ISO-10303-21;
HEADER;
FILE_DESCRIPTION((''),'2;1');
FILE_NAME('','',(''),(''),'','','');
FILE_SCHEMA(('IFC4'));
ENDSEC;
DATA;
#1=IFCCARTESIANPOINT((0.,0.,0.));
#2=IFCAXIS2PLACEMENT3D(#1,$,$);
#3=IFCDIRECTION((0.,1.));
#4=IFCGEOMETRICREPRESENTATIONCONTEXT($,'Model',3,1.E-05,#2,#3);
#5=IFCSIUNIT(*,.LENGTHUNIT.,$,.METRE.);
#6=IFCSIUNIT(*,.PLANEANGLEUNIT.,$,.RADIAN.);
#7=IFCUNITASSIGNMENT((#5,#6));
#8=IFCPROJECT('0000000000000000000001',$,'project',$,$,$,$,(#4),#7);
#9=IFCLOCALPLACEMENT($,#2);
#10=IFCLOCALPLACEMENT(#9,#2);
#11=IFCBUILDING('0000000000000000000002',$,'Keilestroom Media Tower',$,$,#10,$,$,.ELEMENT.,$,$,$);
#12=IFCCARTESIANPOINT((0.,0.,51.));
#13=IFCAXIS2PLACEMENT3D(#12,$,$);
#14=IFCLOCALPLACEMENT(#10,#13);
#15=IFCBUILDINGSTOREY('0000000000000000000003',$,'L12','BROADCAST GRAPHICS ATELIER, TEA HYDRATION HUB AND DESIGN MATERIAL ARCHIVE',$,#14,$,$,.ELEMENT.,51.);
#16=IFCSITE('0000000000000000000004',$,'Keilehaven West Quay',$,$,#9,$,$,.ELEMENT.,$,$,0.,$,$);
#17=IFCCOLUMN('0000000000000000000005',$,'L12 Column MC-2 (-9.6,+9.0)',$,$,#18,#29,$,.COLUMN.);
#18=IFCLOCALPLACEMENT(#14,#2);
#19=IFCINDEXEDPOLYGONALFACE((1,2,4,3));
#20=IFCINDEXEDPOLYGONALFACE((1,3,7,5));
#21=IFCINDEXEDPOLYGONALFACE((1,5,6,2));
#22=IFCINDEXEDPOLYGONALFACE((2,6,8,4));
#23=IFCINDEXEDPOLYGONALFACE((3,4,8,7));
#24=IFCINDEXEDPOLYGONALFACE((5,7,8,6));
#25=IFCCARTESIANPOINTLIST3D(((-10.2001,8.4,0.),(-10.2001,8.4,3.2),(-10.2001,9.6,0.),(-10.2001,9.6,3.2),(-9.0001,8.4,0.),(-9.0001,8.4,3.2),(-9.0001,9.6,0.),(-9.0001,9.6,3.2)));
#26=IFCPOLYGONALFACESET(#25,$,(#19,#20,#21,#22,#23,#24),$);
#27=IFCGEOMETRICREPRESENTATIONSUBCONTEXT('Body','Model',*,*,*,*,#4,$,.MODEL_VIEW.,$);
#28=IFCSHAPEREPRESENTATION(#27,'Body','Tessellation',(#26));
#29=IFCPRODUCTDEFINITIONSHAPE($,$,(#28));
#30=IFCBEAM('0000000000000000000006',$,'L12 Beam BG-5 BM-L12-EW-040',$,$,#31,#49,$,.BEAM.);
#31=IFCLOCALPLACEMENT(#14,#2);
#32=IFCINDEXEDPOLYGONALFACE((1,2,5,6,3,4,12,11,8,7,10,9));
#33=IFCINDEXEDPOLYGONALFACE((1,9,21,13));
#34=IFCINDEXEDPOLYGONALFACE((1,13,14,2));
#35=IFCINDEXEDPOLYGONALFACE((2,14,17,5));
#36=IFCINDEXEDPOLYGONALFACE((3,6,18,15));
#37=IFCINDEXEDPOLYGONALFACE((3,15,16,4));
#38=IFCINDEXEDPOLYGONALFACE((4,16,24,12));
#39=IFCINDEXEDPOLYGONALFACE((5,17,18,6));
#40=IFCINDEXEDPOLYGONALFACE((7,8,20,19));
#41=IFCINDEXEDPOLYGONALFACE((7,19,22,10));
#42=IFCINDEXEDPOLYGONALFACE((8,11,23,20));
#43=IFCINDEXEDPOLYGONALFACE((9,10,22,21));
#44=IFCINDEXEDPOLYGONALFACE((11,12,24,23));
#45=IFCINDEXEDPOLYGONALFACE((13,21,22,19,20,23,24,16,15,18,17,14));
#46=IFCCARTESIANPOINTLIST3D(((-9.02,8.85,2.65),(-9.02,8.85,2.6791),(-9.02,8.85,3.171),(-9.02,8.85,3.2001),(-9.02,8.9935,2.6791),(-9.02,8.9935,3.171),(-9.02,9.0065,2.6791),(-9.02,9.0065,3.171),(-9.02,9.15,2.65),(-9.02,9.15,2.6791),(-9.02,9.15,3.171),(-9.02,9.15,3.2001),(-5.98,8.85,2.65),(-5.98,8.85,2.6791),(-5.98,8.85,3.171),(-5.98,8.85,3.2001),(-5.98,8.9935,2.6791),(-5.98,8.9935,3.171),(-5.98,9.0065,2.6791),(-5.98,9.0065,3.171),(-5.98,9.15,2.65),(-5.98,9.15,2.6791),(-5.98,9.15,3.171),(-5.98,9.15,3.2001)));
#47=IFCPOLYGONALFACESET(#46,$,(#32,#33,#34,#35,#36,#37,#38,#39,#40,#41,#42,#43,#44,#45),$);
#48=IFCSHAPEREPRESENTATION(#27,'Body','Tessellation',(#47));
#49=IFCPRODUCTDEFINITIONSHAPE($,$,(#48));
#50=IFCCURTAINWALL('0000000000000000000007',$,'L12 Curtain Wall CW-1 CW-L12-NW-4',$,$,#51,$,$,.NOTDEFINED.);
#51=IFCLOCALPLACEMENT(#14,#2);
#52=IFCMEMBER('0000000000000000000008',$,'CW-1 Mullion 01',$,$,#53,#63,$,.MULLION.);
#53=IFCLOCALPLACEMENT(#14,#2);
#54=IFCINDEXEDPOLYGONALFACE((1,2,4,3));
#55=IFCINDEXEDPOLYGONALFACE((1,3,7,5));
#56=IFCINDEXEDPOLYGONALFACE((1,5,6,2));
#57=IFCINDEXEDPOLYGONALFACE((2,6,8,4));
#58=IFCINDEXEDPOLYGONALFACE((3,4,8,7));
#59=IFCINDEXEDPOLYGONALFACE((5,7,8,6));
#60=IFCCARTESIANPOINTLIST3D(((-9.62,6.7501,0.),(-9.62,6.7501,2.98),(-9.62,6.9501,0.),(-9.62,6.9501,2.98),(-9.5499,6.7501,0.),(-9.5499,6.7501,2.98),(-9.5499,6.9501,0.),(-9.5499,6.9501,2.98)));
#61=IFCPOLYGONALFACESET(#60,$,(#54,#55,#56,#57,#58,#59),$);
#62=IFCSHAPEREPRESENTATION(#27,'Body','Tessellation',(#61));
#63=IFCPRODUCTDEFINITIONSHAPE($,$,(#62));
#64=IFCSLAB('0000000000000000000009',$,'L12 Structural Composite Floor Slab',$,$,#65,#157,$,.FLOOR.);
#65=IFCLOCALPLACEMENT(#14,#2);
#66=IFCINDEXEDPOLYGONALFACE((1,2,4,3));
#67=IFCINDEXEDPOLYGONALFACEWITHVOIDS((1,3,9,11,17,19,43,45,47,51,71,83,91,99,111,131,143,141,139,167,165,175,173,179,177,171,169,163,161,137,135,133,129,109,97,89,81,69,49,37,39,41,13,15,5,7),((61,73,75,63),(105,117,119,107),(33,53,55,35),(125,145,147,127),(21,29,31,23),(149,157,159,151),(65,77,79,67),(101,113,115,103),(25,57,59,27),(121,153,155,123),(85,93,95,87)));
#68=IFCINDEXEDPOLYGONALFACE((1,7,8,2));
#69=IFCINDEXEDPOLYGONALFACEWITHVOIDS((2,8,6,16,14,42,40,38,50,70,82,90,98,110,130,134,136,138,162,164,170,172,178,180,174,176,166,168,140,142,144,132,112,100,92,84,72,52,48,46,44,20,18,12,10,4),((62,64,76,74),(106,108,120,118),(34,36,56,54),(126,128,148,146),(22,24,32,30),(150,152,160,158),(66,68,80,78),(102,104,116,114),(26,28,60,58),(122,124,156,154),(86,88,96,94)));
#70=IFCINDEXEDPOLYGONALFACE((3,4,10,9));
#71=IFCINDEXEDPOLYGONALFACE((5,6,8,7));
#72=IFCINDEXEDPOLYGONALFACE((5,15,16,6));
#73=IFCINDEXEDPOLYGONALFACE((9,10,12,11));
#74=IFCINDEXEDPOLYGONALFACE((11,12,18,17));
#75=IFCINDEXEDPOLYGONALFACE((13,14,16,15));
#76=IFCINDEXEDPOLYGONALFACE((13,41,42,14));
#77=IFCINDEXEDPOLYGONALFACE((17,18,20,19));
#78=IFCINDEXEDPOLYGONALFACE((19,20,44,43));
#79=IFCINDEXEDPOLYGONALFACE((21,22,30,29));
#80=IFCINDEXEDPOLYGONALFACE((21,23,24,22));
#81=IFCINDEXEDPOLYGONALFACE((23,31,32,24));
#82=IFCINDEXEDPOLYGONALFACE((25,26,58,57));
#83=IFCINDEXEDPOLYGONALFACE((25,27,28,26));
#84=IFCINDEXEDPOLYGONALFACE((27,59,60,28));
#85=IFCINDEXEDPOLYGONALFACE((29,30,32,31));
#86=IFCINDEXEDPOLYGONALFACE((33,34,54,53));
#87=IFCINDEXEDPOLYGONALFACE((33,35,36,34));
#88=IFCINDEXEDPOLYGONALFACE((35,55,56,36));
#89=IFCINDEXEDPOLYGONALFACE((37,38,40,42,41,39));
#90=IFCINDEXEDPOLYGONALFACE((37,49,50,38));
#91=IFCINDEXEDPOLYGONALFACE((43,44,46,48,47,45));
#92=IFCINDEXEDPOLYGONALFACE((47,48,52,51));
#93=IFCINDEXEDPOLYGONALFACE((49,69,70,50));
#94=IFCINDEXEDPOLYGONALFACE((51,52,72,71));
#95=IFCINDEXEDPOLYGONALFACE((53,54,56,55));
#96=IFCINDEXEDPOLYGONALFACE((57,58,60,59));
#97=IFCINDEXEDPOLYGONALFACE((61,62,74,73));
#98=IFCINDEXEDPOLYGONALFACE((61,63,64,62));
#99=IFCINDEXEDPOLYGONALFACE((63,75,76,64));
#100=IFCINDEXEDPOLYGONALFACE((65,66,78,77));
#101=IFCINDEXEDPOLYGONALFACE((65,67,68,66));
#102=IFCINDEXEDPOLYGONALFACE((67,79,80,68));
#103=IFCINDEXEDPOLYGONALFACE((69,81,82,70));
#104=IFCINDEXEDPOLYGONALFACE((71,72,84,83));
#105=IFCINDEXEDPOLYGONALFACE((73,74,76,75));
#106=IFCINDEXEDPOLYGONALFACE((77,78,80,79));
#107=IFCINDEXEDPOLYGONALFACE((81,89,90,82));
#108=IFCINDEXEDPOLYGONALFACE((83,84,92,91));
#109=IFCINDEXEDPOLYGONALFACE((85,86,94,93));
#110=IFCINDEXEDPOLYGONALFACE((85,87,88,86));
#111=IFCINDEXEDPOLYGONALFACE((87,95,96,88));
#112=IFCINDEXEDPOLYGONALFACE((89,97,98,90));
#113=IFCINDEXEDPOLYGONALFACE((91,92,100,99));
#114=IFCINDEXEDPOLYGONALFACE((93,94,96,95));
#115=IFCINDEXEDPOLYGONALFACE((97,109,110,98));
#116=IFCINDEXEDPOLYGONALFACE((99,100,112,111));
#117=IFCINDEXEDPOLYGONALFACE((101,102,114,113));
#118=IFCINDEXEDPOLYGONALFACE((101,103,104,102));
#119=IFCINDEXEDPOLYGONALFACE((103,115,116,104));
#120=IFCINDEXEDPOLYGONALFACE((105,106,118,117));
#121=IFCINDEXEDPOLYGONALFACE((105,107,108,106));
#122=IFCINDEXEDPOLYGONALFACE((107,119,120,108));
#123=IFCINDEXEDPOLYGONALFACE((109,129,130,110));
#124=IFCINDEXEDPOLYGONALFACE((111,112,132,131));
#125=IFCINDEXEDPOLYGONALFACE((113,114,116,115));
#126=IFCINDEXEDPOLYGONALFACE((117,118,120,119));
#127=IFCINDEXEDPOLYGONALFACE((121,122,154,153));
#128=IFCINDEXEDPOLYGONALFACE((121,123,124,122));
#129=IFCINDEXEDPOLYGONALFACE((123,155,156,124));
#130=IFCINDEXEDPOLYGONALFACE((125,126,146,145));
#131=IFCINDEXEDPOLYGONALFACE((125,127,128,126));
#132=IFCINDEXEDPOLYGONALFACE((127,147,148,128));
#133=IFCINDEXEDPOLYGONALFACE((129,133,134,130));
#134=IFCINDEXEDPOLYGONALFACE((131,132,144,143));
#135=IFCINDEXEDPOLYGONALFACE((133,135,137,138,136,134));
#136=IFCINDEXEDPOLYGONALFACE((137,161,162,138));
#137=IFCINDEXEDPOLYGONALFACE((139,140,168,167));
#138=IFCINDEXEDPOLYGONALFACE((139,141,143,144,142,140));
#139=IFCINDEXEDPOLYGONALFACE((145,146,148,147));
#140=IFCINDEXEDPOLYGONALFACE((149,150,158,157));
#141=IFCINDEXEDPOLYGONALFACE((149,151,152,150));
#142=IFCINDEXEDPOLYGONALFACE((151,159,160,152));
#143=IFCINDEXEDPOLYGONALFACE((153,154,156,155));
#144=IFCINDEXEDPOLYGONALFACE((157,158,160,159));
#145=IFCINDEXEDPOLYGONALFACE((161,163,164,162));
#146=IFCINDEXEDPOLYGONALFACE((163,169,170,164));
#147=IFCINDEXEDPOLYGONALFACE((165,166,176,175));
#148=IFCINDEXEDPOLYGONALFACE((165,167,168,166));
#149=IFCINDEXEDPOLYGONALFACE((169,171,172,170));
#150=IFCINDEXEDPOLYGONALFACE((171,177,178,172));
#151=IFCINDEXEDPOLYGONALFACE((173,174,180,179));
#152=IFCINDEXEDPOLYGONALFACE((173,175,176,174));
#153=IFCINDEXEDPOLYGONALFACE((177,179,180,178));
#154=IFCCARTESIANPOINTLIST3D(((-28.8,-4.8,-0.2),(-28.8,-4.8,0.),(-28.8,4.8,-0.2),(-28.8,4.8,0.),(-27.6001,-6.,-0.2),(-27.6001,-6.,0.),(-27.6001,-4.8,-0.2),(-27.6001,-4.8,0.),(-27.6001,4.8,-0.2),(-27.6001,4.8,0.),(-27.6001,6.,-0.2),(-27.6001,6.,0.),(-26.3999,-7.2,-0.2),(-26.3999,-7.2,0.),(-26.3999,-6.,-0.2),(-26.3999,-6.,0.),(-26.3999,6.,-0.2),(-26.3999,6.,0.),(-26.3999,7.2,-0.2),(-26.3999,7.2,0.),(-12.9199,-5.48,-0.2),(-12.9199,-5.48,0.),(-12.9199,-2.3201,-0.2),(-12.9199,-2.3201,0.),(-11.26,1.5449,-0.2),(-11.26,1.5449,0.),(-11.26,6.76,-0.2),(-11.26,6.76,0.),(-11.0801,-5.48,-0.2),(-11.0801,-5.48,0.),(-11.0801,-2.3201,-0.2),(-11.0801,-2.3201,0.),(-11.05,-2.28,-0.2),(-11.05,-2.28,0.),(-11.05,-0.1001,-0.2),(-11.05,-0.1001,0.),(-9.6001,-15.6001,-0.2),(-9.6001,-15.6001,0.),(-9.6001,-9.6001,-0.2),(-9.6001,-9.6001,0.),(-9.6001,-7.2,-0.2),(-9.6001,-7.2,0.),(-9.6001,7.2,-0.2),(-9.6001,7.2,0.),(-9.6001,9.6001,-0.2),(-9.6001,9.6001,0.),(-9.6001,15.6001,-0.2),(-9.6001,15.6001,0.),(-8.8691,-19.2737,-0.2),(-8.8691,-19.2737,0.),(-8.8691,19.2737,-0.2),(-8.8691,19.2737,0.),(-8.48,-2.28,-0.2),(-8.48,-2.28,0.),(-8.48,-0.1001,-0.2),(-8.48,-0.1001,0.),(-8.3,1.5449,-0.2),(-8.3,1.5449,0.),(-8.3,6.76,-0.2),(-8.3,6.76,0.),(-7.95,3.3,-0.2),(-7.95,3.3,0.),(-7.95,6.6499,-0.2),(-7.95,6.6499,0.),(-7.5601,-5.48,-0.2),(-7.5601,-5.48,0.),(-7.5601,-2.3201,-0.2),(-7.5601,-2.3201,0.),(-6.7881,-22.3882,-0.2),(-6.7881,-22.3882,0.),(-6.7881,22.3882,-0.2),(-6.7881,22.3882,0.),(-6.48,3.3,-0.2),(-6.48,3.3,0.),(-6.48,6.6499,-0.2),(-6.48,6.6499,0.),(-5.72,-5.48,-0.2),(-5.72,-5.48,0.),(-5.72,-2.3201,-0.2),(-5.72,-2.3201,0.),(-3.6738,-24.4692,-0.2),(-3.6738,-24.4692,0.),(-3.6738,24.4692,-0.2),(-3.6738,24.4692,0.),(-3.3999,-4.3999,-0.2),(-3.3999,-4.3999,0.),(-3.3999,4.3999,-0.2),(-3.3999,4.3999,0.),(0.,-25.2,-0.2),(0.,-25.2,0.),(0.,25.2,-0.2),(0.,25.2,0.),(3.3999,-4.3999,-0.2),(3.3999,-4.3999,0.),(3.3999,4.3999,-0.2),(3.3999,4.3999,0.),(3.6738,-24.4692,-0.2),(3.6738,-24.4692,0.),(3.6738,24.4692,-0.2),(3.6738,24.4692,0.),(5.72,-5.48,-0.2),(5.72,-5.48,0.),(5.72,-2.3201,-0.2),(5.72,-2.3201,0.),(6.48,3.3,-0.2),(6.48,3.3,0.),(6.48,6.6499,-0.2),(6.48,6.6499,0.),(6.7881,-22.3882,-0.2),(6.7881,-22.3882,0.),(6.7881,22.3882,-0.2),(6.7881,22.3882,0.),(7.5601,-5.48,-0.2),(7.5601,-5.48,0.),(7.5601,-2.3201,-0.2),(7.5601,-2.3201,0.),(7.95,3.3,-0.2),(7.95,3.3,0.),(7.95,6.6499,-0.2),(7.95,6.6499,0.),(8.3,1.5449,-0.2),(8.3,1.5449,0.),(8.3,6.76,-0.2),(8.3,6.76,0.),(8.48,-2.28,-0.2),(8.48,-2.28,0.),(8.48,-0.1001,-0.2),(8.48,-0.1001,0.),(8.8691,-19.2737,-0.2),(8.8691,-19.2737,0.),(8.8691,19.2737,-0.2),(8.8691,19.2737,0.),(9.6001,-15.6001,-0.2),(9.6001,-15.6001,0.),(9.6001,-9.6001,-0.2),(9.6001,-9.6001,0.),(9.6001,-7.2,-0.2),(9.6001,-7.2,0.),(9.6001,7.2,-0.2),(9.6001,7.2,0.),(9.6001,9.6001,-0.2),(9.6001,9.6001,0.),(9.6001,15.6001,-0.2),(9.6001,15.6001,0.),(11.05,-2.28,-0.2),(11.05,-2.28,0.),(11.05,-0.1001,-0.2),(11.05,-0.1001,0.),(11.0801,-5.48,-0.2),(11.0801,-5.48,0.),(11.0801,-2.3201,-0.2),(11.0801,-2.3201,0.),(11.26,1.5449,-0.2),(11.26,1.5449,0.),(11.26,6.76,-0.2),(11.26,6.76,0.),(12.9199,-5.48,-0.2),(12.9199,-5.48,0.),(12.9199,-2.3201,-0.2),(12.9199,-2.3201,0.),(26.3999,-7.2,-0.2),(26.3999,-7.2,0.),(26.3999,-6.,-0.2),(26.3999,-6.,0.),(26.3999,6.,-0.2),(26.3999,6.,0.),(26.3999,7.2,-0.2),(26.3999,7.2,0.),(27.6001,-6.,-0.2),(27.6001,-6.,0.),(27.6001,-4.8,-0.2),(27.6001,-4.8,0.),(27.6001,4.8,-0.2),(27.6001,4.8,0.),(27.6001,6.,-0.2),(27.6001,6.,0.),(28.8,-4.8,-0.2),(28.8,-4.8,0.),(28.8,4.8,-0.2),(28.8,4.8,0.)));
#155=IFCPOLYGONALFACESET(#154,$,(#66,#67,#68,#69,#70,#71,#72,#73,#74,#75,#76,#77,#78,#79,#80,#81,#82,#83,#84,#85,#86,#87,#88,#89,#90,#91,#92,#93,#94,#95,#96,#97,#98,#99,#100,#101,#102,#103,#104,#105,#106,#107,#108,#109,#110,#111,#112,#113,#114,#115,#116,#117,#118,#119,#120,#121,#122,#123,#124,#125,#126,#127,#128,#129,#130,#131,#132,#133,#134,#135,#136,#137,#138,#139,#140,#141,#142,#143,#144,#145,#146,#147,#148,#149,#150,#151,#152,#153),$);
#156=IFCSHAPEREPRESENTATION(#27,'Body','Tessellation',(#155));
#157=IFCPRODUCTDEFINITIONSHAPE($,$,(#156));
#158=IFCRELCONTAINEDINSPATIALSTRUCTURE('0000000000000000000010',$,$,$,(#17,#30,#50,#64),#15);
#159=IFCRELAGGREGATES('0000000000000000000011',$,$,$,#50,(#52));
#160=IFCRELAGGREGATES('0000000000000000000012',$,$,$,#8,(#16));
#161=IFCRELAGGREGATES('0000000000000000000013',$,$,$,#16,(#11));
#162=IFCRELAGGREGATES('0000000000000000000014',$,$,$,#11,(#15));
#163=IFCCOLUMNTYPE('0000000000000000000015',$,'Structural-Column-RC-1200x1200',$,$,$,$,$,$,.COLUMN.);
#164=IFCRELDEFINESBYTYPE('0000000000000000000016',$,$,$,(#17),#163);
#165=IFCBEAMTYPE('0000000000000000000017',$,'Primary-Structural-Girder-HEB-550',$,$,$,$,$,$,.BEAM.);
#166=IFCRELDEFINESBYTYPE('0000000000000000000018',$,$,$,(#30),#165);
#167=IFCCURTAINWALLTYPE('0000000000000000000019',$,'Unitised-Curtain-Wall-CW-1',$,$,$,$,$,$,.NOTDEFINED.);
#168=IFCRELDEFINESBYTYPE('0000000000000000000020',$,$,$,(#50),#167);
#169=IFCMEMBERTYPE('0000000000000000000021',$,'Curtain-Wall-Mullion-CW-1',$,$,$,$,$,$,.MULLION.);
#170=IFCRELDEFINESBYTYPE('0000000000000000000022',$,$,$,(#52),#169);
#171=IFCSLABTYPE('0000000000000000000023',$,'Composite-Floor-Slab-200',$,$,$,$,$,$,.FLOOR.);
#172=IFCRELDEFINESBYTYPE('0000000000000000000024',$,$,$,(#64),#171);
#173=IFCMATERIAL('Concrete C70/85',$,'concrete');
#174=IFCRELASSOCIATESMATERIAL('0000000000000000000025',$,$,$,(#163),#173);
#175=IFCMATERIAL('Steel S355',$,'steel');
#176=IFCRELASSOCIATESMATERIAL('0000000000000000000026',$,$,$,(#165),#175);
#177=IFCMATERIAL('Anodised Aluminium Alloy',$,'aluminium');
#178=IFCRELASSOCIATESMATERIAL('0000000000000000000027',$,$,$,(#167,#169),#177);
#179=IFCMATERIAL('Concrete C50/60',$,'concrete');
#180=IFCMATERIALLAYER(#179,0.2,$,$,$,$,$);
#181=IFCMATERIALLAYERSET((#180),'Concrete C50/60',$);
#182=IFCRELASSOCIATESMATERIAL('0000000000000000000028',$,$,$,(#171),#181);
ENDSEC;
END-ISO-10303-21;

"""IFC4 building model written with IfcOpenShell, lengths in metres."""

from ifc_helpers import new_model, si_unit, direction, frame, origin, origin_2d, place, context, subcontext, project, spatial, polyline, rectangle, i_section, outline, extrude, source, transform, mapped, material, layer, layer_set, material_profile, profile_set, type_object, element, aggregate, save


model = new_model("IFC4")

# Units and contexts
model_context = context("Model", 3, precision=1e-05, world=origin(), true_north=direction((0.0, 1.0)))
body_context = subcontext(model_context, "Body", "Model", "MODEL_VIEW")
ifc_project = project(units=[si_unit("LENGTHUNIT", "METRE"), si_unit("PLANEANGLEUNIT", "RADIAN")], contexts=[model_context])

# Site, building, storey
site_placement = place(None, origin())
site = spatial("IfcSite", under=ifc_project, at=site_placement, Name="Keilehaven West Quay", CompositionType="ELEMENT", RefElevation=0.0)
building_placement = place(site_placement, origin())
building = spatial("IfcBuilding", under=site, at=building_placement, Name="Keilestroom Media Tower", CompositionType="ELEMENT")
storey_placement = place(building_placement, frame((0.0, 0.0, 51.0)))
storey = spatial("IfcBuildingStorey", under=building, at=storey_placement, Name="L12", Description="BROADCAST GRAPHICS ATELIER, TEA HYDRATION HUB AND DESIGN MATERIAL ARCHIVE", CompositionType="ELEMENT", Elevation=51.0)

# Column
ifc_material_1 = material(Name="Concrete C70/85", Category="concrete")
ifc_material_profile_1 = material_profile(ifc_material_1, rectangle(XDim=1.2, YDim=1.2, at=origin_2d()), Name="RC 1200x1200")
ifc_profile_set_1 = profile_set([ifc_material_profile_1], Name="Concrete C70/85")
column_type = type_object("IfcColumnType", Name="Structural-Column-RC-1200x1200", PredefinedType="COLUMN", material=ifc_profile_set_1)
shared_shape_1 = source(origin(), body_context, "Body", "SweptSolid", [
    extrude(rectangle(XDim=1.2, YDim=1.2, at=origin_2d()), origin(), (0.0, 0.0, 1.0), 3.2),
])
column_placement = place(storey_placement, frame((-9.6001, 9.0, 0.0), z_axis=(0.0, 0.0, 1.0), x_axis=(1.0, 0.0, 0.0)))
element("IfcColumn", 1, at=column_placement, inside=storey, type_object=column_type, Name="L12 Column MC-2 (-9.6,+9.0)", PredefinedType="COLUMN", context=body_context, shape_type="MappedRepresentation", body=[
    mapped(shared_shape_1, transform((0.0, 0.0, 0.0), x_axis=(1.0, 0.0, 0.0), y_axis=(0.0, 1.0, 0.0), z_axis=(0.0, 0.0, 1.0), scale=1.0)),
])

# Beam
ifc_material_2 = material(Name="Steel S355", Category="steel")
ifc_material_profile_2 = material_profile(ifc_material_2, i_section(OverallWidth=0.3, OverallDepth=0.55, WebThickness=0.0129, FlangeThickness=0.0291, at=origin_2d()), Name="HEB 550")
ifc_profile_set_2 = profile_set([ifc_material_profile_2], Name="Steel S355")
beam_type = type_object("IfcBeamType", Name="Primary-Structural-Girder-HEB-550", PredefinedType="BEAM", material=ifc_profile_set_2)
shared_shape_2 = source(origin(), body_context, "Body", "SweptSolid", [
    extrude(i_section(OverallWidth=0.3, OverallDepth=0.55, WebThickness=0.0129, FlangeThickness=0.0291, at=origin_2d()), origin(), (0.0, 0.0, 1.0), 3.04),
])
beam_placement = place(storey_placement, frame((-9.02, 9.0, 2.925), z_axis=(1.0, 0.0, 0.0), x_axis=(0.0, 1.0, 0.0)))
element("IfcBeam", 2, at=beam_placement, inside=storey, type_object=beam_type, Name="L12 Beam BG-5 BM-L12-EW-040", PredefinedType="BEAM", context=body_context, shape_type="MappedRepresentation", body=[
    mapped(shared_shape_2, transform((0.0, 0.0, 0.0), x_axis=(1.0, 0.0, 0.0), y_axis=(0.0, 1.0, 0.0), z_axis=(0.0, 0.0, 1.0), scale=1.0)),
])

# Curtain wall, member
ifc_material_3 = material(Name="Anodised Aluminium Alloy", Category="aluminium")
curtain_wall_type = type_object("IfcCurtainWallType", Name="Unitised-Curtain-Wall-CW-1", PredefinedType="NOTDEFINED", material=ifc_material_3)
curtain_wall_placement = place(storey_placement, origin())
curtain_wall = element("IfcCurtainWall", 3, at=curtain_wall_placement, inside=storey, type_object=curtain_wall_type, Name="L12 Curtain Wall CW-1 CW-L12-NW-4", PredefinedType="NOTDEFINED")
ifc_material_profile_3 = material_profile(ifc_material_3, rectangle(XDim=0.0701, YDim=0.2, at=origin_2d()), Name="ALU MULLION 70x200")
ifc_profile_set_3 = profile_set([ifc_material_profile_3], Name="Anodised Aluminium Alloy")
member_type = type_object("IfcMemberType", Name="Curtain-Wall-Mullion-CW-1", PredefinedType="MULLION", material=ifc_profile_set_3)
shared_shape_3 = source(origin(), body_context, "Body", "SweptSolid", [
    extrude(rectangle(XDim=0.0701, YDim=0.2, at=origin_2d()), origin(), (0.0, 0.0, 1.0), 2.98),
])
member_placement = place(storey_placement, frame((-9.585, 6.8501, 0.0), z_axis=(0.0, 0.0, 1.0), x_axis=(1.0, 0.0, 0.0)))
member = element("IfcMember", 4, at=member_placement, type_object=member_type, Name="CW-1 Mullion 01", PredefinedType="MULLION", context=body_context, shape_type="MappedRepresentation", body=[
    mapped(shared_shape_3, transform((0.0, 0.0, 0.0), x_axis=(1.0, 0.0, 0.0), y_axis=(0.0, 1.0, 0.0), z_axis=(0.0, 0.0, 1.0), scale=1.0)),
])

# Slab
ifc_material_4 = material(Name="Concrete C50/60", Category="concrete")
ifc_layer_1 = layer(ifc_material_4, 0.2)
ifc_layer_set_1 = layer_set([ifc_layer_1], Name="Concrete C50/60")
slab_type_1 = type_object("IfcSlabType", Name="Composite-Floor-Slab-200", PredefinedType="FLOOR", material=ifc_layer_set_1)
slab_1_placement = place(storey_placement, frame((0.0, 0.0, -0.2)))
element("IfcSlab", 5, at=slab_1_placement, inside=storey, type_object=slab_type_1, Name="L12 Structural Composite Floor Slab", PredefinedType="FLOOR", context=body_context, shape_type="SweptSolid", body=[
    extrude(outline(polyline([(28.8, -4.8), (28.8, 4.8), (27.6001, 4.8), (27.6001, 6.0), (26.3999, 6.0), (26.3999, 7.2), (9.6001, 7.2), (9.6001, 9.6001), (9.6001, 15.6001), (8.8691, 19.2737), (6.7881, 22.3882), (3.6738, 24.4692), (0.0, 25.2), (-3.6738, 24.4692), (-6.7881, 22.3882), (-8.8691, 19.2737), (-9.6001, 15.6001), (-9.6001, 9.6001), (-9.6001, 7.2), (-26.3999, 7.2), (-26.3999, 6.0), (-27.6001, 6.0), (-27.6001, 4.8), (-28.8, 4.8), (-28.8, -4.8), (-27.6001, -4.8), (-27.6001, -6.0), (-26.3999, -6.0), (-26.3999, -7.2), (-9.6001, -7.2), (-9.6001, -9.6001), (-9.6001, -15.6001), (-8.8691, -19.2737), (-6.7881, -22.3882), (-3.6738, -24.4692), (0.0, -25.2), (3.6738, -24.4692), (6.7881, -22.3882), (8.8691, -19.2737), (9.6001, -15.6001), (9.6001, -9.6001), (9.6001, -7.2), (26.3999, -7.2), (26.3999, -6.0), (27.6001, -6.0), (27.6001, -4.8), (28.8, -4.8)]), holes=[polyline([(-12.9199, -5.48), (-12.9199, -2.3201), (-11.0801, -2.3201), (-11.0801, -5.48), (-12.9199, -5.48)]), polyline([(-11.26, 1.5449), (-11.26, 6.76), (-8.3, 6.76), (-8.3, 1.5449), (-11.26, 1.5449)]), polyline([(-11.05, -2.28), (-11.05, -0.1001), (-8.48, -0.1001), (-8.48, -2.28), (-11.05, -2.28)]), polyline([(-7.95, 3.3), (-7.95, 6.6499), (-6.48, 6.6499), (-6.48, 3.3), (-7.95, 3.3)]), polyline([(-7.5601, -5.48), (-7.5601, -2.3201), (-5.72, -2.3201), (-5.72, -5.48), (-7.5601, -5.48)]), polyline([(-3.3999, -4.3999), (-3.3999, 4.3999), (3.3999, 4.3999), (3.3999, -4.3999), (-3.3999, -4.3999)]), polyline([(5.72, -5.48), (5.72, -2.3201), (7.5601, -2.3201), (7.5601, -5.48), (5.72, -5.48)]), polyline([(7.95, 6.6499), (7.95, 3.3), (6.48, 3.3), (6.48, 6.6499), (7.95, 6.6499)]), polyline([(8.3, 6.76), (11.26, 6.76), (11.26, 1.5449), (8.3, 1.5449), (8.3, 6.76)]), polyline([(8.48, -2.28), (8.48, -0.1001), (11.05, -0.1001), (11.05, -2.28), (8.48, -2.28)]), polyline([(12.9199, -5.48), (11.0801, -5.48), (11.0801, -2.3201), (12.9199, -2.3201), (12.9199, -5.48)])]), origin(), (0.0, 0.0, 1.0), 0.2),
])

aggregate(curtain_wall, [member])

save(model, "model.ifc")
